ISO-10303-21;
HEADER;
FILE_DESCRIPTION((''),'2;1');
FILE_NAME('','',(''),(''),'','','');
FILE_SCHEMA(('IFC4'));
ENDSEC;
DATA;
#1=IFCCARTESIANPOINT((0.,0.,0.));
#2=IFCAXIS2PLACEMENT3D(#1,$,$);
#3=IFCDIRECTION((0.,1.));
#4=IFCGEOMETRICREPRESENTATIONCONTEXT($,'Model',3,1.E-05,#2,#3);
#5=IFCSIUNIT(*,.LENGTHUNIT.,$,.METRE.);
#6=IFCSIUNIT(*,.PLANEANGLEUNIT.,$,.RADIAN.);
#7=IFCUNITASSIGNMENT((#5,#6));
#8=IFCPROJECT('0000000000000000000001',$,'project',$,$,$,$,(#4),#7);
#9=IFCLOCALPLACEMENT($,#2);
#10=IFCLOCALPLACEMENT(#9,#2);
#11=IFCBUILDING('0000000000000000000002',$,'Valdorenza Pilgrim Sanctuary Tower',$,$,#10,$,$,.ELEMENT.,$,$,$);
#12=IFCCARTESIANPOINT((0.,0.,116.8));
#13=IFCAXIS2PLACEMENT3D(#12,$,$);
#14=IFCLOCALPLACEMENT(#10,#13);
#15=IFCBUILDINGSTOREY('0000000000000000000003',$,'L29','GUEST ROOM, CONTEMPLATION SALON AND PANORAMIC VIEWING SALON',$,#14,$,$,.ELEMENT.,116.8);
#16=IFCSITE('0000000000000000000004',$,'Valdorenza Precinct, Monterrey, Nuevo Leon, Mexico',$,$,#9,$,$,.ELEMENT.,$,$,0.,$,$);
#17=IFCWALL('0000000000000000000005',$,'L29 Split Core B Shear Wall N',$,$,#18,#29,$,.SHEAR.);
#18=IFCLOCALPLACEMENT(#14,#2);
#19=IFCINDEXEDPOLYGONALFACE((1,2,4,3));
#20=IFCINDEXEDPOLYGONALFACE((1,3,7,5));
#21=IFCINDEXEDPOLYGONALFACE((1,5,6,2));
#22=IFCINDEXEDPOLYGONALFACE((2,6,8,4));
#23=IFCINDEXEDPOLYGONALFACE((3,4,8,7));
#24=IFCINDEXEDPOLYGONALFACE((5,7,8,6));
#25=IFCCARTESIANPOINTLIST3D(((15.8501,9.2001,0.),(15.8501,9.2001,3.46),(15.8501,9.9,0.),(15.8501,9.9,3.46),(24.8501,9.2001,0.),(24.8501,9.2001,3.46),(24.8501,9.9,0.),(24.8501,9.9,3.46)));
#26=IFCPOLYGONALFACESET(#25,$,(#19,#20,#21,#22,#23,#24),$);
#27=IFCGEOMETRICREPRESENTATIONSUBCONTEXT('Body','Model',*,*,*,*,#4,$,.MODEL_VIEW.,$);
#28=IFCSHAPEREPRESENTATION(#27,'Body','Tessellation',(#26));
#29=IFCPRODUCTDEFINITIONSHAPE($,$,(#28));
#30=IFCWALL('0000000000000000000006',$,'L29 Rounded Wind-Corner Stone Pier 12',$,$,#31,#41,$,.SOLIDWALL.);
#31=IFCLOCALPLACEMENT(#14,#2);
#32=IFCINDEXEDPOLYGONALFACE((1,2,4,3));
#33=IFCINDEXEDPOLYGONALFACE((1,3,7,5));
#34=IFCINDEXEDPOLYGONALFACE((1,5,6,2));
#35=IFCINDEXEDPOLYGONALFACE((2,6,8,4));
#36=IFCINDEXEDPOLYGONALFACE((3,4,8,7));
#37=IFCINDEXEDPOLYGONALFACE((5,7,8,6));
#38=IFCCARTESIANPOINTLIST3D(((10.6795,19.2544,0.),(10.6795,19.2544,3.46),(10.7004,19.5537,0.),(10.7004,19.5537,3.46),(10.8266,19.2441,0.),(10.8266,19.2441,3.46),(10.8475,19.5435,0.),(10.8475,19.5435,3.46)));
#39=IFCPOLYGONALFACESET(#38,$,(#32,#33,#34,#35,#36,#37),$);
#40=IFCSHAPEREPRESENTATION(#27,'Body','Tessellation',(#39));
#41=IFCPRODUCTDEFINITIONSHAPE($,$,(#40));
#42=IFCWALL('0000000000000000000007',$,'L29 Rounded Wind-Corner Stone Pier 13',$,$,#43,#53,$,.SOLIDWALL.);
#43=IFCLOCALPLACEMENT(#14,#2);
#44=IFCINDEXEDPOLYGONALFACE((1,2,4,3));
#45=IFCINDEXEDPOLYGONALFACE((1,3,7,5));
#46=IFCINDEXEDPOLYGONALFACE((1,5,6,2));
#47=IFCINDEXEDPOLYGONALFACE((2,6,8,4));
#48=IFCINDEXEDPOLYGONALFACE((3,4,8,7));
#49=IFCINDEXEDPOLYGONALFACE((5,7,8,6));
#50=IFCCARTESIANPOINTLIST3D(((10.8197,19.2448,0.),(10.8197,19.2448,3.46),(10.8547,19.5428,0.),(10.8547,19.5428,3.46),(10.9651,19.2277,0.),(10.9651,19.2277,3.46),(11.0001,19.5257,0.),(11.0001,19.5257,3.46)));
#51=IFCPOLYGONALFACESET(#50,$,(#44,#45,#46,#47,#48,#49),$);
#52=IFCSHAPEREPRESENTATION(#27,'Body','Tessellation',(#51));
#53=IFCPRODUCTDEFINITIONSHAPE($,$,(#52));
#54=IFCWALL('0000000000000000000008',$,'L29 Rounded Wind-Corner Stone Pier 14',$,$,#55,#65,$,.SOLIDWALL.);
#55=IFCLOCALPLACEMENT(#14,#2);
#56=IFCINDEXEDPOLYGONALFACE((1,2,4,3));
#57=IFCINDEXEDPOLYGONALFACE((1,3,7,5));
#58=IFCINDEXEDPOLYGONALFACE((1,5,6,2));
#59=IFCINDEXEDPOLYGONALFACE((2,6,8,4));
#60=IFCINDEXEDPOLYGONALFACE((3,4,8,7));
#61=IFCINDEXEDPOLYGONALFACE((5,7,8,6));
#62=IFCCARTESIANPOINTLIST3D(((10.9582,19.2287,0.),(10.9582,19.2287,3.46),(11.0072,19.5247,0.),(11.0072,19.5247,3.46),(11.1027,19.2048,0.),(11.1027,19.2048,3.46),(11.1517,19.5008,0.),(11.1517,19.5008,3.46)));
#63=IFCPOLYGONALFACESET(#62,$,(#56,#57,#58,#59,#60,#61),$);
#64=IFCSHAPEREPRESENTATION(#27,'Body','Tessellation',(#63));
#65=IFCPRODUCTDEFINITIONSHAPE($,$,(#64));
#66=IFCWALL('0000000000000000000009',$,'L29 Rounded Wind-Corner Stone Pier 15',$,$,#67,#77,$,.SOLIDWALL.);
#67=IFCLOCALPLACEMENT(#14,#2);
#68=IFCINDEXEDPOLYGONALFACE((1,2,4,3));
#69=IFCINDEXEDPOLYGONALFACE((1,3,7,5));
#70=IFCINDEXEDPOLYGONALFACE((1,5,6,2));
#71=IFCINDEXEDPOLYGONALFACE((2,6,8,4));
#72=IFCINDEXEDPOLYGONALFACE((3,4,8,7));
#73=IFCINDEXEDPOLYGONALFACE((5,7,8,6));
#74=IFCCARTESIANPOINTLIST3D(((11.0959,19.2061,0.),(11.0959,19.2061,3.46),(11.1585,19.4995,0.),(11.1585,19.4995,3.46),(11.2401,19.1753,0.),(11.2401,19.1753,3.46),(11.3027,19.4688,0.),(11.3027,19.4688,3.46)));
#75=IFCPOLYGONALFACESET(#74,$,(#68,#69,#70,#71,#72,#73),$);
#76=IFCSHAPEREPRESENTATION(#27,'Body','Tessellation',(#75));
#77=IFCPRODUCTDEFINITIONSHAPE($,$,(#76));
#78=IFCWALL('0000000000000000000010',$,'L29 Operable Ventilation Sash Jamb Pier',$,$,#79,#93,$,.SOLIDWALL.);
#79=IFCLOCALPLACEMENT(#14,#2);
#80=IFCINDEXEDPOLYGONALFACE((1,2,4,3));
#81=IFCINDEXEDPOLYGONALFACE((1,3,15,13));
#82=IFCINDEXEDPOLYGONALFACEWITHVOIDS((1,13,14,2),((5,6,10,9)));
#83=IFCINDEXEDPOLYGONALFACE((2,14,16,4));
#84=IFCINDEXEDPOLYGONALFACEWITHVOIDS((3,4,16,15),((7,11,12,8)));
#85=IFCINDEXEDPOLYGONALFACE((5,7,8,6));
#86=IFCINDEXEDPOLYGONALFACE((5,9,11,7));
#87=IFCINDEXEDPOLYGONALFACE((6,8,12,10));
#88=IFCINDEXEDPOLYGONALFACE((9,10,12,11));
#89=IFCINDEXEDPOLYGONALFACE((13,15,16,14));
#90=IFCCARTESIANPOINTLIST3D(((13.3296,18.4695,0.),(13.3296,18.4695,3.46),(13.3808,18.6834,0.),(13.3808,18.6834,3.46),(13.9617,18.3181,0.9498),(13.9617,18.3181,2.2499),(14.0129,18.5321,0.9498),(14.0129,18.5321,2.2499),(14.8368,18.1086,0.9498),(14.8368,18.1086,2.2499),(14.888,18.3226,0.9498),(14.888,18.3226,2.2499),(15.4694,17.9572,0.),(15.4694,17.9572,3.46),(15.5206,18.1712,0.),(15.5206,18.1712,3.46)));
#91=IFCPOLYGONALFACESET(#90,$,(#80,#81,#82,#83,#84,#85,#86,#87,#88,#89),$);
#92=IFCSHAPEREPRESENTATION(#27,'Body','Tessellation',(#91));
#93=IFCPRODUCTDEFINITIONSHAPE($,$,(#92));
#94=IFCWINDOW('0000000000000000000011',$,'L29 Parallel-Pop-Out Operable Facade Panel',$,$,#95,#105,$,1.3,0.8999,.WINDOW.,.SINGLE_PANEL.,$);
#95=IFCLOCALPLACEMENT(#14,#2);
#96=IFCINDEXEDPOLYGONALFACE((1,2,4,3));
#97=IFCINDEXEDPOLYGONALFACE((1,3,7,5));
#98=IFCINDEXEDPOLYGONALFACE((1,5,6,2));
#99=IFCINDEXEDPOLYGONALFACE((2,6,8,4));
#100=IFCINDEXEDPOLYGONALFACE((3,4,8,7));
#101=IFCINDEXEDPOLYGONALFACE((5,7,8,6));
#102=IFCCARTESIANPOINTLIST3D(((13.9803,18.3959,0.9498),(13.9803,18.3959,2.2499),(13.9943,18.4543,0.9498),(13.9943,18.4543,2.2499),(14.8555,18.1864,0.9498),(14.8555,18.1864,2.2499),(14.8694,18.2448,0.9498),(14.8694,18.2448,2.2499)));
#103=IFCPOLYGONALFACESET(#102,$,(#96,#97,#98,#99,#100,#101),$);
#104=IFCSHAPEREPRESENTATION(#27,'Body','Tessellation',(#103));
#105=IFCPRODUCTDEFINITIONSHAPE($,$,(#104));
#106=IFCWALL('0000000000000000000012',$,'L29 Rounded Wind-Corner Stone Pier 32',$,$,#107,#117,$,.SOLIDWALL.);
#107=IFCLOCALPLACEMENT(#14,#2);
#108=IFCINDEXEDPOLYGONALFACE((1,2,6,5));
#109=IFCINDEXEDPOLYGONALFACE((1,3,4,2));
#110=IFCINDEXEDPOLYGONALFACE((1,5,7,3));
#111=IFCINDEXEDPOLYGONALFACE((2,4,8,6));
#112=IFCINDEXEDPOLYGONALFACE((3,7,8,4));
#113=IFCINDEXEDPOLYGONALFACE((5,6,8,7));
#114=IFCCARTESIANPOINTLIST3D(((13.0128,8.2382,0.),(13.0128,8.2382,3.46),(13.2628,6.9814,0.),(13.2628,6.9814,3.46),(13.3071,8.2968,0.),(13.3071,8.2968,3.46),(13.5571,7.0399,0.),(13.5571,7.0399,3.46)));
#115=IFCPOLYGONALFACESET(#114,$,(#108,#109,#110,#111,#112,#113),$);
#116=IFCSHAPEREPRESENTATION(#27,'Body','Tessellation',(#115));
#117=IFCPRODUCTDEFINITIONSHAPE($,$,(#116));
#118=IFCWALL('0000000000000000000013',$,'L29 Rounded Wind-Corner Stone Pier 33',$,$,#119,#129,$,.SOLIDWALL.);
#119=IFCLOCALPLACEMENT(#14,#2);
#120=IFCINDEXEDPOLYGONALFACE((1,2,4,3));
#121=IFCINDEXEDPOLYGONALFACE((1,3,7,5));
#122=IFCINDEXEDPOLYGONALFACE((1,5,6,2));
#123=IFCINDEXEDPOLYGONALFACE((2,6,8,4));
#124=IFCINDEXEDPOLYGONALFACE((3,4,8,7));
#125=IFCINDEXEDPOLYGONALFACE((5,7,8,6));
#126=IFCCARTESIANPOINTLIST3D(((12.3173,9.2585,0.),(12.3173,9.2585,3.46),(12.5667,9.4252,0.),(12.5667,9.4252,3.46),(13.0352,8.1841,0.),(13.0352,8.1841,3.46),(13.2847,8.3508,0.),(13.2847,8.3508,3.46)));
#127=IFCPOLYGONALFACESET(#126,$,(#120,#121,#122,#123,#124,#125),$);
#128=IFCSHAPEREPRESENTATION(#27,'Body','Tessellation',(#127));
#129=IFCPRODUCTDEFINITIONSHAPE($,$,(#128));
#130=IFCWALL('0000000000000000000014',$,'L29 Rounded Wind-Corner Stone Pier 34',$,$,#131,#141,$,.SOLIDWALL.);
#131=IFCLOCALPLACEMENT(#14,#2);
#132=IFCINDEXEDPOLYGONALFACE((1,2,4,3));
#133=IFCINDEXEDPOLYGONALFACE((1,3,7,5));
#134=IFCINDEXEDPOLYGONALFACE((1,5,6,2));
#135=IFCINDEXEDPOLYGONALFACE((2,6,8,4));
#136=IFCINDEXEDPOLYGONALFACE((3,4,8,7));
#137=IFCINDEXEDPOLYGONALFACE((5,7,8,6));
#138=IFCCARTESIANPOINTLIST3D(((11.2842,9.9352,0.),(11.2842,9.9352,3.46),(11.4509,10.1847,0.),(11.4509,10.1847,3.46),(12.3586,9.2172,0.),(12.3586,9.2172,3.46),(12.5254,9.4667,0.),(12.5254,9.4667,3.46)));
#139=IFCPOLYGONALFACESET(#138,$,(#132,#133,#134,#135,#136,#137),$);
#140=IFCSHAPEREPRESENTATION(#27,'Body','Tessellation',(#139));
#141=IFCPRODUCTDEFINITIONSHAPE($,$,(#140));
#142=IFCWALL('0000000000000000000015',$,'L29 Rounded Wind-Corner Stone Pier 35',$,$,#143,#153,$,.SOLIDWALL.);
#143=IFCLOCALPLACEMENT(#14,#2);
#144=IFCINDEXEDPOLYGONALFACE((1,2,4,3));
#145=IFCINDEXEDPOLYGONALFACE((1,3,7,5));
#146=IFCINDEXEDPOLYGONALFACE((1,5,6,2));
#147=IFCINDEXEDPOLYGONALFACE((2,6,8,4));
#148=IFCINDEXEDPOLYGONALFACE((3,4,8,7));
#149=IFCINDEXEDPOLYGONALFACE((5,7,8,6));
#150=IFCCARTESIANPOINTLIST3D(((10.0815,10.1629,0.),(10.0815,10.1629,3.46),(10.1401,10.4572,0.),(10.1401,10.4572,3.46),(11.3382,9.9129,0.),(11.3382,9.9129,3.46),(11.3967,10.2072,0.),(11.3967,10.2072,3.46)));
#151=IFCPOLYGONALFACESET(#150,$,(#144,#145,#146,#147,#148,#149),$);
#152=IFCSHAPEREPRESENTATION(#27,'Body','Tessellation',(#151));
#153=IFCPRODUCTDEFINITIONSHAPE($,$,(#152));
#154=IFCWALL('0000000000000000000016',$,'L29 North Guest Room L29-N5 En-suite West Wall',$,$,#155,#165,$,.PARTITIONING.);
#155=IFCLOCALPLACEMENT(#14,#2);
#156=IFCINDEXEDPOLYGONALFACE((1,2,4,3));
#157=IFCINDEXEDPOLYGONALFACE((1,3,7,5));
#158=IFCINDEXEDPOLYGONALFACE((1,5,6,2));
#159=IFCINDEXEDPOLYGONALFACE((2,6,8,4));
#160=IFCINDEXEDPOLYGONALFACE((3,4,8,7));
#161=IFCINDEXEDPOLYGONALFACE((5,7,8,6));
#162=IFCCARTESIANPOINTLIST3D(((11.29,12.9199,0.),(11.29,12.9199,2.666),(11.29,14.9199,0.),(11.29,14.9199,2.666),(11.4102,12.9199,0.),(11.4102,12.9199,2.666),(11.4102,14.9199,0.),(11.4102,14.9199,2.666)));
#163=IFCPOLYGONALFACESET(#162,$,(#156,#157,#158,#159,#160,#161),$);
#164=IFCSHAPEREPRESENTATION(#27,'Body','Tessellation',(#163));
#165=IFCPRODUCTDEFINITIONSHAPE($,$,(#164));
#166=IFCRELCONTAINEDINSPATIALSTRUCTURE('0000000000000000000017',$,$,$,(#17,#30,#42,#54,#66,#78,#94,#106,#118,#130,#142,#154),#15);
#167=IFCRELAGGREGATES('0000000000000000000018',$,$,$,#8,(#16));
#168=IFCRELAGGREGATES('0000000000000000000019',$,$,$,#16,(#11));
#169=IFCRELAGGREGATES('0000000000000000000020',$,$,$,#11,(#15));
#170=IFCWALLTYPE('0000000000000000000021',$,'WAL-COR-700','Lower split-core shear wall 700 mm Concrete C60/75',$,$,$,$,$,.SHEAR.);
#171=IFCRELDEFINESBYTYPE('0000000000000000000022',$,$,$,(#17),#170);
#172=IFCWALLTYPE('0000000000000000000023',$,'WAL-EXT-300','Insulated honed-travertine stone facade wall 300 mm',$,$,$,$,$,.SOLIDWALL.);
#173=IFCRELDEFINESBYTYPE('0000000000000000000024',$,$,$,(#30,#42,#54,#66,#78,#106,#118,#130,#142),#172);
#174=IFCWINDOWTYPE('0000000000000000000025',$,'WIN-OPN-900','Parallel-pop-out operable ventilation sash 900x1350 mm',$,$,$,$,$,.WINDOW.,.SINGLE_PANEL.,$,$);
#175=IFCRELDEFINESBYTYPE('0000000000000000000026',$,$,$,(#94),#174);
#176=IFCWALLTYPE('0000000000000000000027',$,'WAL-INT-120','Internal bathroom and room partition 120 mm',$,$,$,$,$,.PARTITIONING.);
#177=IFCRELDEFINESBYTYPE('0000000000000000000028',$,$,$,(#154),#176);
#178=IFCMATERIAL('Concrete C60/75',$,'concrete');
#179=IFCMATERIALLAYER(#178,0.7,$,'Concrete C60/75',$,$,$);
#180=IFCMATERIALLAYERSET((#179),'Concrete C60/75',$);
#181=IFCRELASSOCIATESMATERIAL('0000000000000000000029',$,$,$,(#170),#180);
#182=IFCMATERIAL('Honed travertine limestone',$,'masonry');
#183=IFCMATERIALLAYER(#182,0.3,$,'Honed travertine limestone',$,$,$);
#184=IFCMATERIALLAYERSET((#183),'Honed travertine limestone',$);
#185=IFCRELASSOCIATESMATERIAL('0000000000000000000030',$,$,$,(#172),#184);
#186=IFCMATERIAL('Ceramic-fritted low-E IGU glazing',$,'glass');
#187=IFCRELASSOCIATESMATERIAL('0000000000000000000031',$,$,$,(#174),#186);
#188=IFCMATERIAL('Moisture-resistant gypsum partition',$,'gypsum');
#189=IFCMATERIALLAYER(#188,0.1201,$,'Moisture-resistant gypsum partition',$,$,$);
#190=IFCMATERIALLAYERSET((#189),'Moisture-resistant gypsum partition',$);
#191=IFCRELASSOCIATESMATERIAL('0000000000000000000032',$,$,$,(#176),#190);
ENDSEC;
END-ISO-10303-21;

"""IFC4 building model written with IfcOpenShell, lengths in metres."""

from ifc_helpers import new_model, si_unit, direction, frame, frame_2d, origin, place, context, subcontext, project, spatial, rectangle, extrude, material, layer, layer_set, type_object, element, fill, save


model = new_model("IFC4")

# Units and contexts
model_context = context("Model", 3, precision=1e-05, world=origin(), true_north=direction((0.0, 1.0)))
body_context = subcontext(model_context, "Body", "Model", "MODEL_VIEW")
ifc_project = project(units=[si_unit("LENGTHUNIT", "METRE"), si_unit("PLANEANGLEUNIT", "RADIAN")], contexts=[model_context])

# Site, building, storey
site_placement = place(None, origin())
site = spatial("IfcSite", under=ifc_project, at=site_placement, Name="Valdorenza Precinct, Monterrey, Nuevo Leon, Mexico", CompositionType="ELEMENT", RefElevation=0.0)
building_placement = place(site_placement, origin())
building = spatial("IfcBuilding", under=site, at=building_placement, Name="Valdorenza Pilgrim Sanctuary Tower", CompositionType="ELEMENT")
storey_placement = place(building_placement, frame((0.0, 0.0, 116.8)))
storey = spatial("IfcBuildingStorey", under=building, at=storey_placement, Name="L29", Description="GUEST ROOM, CONTEMPLATION SALON AND PANORAMIC VIEWING SALON", CompositionType="ELEMENT", Elevation=116.8)

# Shared definitions
ifc_material_1 = material(Name="Concrete C60/75", Category="concrete")

# Shared definitions
ifc_material_2 = material(Name="Honed travertine limestone", Category="masonry")
ifc_material_3 = material(Name="Ceramic-fritted low-E IGU glazing", Category="glass")

# Walls
ifc_layer_1 = layer(ifc_material_1, 0.7, Name="Concrete C60/75")
ifc_layer_set_1 = layer_set([ifc_layer_1], Name="Concrete C60/75")
wall_type_1 = type_object("IfcWallType", Name="WAL-COR-700", Description="Lower split-core shear wall 700 mm Concrete C60/75", PredefinedType="SHEAR", material=ifc_layer_set_1)
wall_1_placement = place(storey_placement, frame((15.8501, 9.55, 0.0), z_axis=(0.0, 0.0, 1.0), x_axis=(1.0, 0.0, 0.0)))
element("IfcWall", 1, at=wall_1_placement, inside=storey, type_object=wall_type_1, Name="L29 Split Core B Shear Wall N", PredefinedType="SHEAR", context=body_context, shape_type="SweptSolid", body=[
    extrude(rectangle(XDim=9.0, YDim=0.7, at=frame_2d((4.5, 0.0))), origin(), (0.0, 0.0, 1.0), 3.46),
])
ifc_layer_2 = layer(ifc_material_2, 0.3, Name="Honed travertine limestone")
ifc_layer_set_2 = layer_set([ifc_layer_2], Name="Honed travertine limestone")
wall_type_2 = type_object("IfcWallType", Name="WAL-EXT-300", Description="Insulated honed-travertine stone facade wall 300 mm", PredefinedType="SOLIDWALL", material=ifc_layer_set_2)
wall_2_placement = place(storey_placement, frame((10.6899, 19.4041, 0.0), z_axis=(0.0, 0.0, 1.0), x_axis=(0.997583, -0.069483, 0.0)))
element("IfcWall", 2, at=wall_2_placement, inside=storey, type_object=wall_type_2, Name="L29 Rounded Wind-Corner Stone Pier 12", PredefinedType="SOLIDWALL", context=body_context, shape_type="SweptSolid", body=[
    extrude(rectangle(XDim=0.1475, YDim=0.3, at=frame_2d((0.0737, 0.0))), origin(), (0.0, 0.0, 1.0), 3.46),
])
for number, where, z_axis, x_axis, name in (
    (3, (10.8372, 19.3938, 0.0), (0.0, 0.0, 1.0), (0.993173, -0.116648, 0.0), "L29 Rounded Wind-Corner Stone Pier 13"),
    (4, (10.9827, 19.3767, 0.0), (0.0, 0.0, 1.0), (0.986573, -0.163318, 0.0), "L29 Rounded Wind-Corner Stone Pier 14"),
):
    element("IfcWall", number, at=place(storey_placement, frame(where, z_axis=z_axis, x_axis=x_axis)), inside=storey, type_object=wall_type_2, Name=name, PredefinedType="SOLIDWALL", context=body_context, shape_type="SweptSolid", body=[
        extrude(rectangle(XDim=0.1465, YDim=0.3, at=frame_2d((0.0732, 0.0))), origin(), (0.0, 0.0, 1.0), 3.46),
    ])
wall_3_placement = place(storey_placement, frame((11.1272, 19.3528, 0.0), z_axis=(0.0, 0.0, 1.0), x_axis=(0.97802, -0.208512, 0.0)))
element("IfcWall", 5, at=wall_3_placement, inside=storey, type_object=wall_type_2, Name="L29 Rounded Wind-Corner Stone Pier 15", PredefinedType="SOLIDWALL", context=body_context, shape_type="SweptSolid", body=[
    extrude(rectangle(XDim=0.1475, YDim=0.3, at=frame_2d((0.0737, 0.0))), origin(), (0.0, 0.0, 1.0), 3.46),
])

# Wall, opening, window
wall_4_placement = place(storey_placement, frame((13.3552, 18.5764, 0.0), z_axis=(0.0, 0.0, 1.0), x_axis=(0.972522, -0.232811, 0.0)))
wall_4 = element("IfcWall", 6, at=wall_4_placement, inside=storey, type_object=wall_type_2, Name="L29 Operable Ventilation Sash Jamb Pier", PredefinedType="SOLIDWALL", context=body_context, shape_type="SweptSolid", body=[
    extrude(rectangle(XDim=2.2002, YDim=0.22, at=frame_2d((1.1001, 0.0))), origin(), (0.0, 0.0, 1.0), 3.46),
])
opening_1_placement = place(wall_4_placement, frame((0.6499, 0.0, 0.95)))
opening_1 = element("IfcOpeningElement", 7, at=opening_1_placement, cuts=wall_4, PredefinedType="OPENING", context=body_context, shape_type="SweptSolid", body=[
    extrude(rectangle(XDim=0.8999, YDim=1.3, at=frame_2d((0.45, 0.6499))), frame((0.0, 0.125, 0.0), z_axis=(0.0, -1.0, 0.0), x_axis=(1.0, 0.0, 0.0)), (0.0, 0.0, 1.0), 0.2498),
])
window_type = type_object("IfcWindowType", Name="WIN-OPN-900", Description="Parallel-pop-out operable ventilation sash 900x1350 mm", PartitioningType="SINGLE_PANEL", PredefinedType="WINDOW", material=ifc_material_3)
window_placement = place(opening_1_placement, origin())
window = element("IfcWindow", 8, at=window_placement, inside=storey, type_object=window_type, Name="L29 Parallel-Pop-Out Operable Facade Panel", OverallHeight=1.3, OverallWidth=0.8999, PartitioningType="SINGLE_PANEL", PredefinedType="WINDOW", context=body_context, shape_type="SweptSolid", body=[
    extrude(rectangle(XDim=0.8999, YDim=1.3, at=frame_2d((0.45, 0.6499))), frame((0.0, 0.03, 0.0), z_axis=(0.0, -1.0, 0.0), x_axis=(1.0, 0.0, 0.0)), (0.0, 0.0, 1.0), 0.0601),
])
fill(opening_1, window)

# Walls
wall_5_placement = place(storey_placement, frame((13.4099, 7.0107, 0.0), z_axis=(0.0, 0.0, 1.0), x_axis=(-0.19509, 0.980785, 0.0)))
element("IfcWall", 9, at=wall_5_placement, inside=storey, type_object=wall_type_2, Name="L29 Rounded Wind-Corner Stone Pier 32", PredefinedType="SOLIDWALL", context=body_context, shape_type="SweptSolid", body=[
    extrude(rectangle(XDim=1.2815, YDim=0.3, at=frame_2d((0.6406, 0.0))), origin(), (0.0, 0.0, 1.0), 3.46),
])
for number, where, z_axis, x_axis, name in (
    (10, (13.1599, 8.2676, 0.0), (0.0, 0.0, 1.0), (-0.555615, 0.831439, 0.0), "L29 Rounded Wind-Corner Stone Pier 33"),
    (11, (12.4419, 9.342, 0.0), (0.0, 0.0, 1.0), (-0.831439, 0.555615, 0.0), "L29 Rounded Wind-Corner Stone Pier 34"),
):
    element("IfcWall", number, at=place(storey_placement, frame(where, z_axis=z_axis, x_axis=x_axis)), inside=storey, type_object=wall_type_2, Name=name, PredefinedType="SOLIDWALL", context=body_context, shape_type="SweptSolid", body=[
        extrude(rectangle(XDim=1.2922, YDim=0.3, at=frame_2d((0.646, 0.0))), origin(), (0.0, 0.0, 1.0), 3.46),
    ])
wall_6_placement = place(storey_placement, frame((11.3674, 10.0601, 0.0), z_axis=(0.0, 0.0, 1.0), x_axis=(-0.980778, 0.195127, 0.0)))
element("IfcWall", 12, at=wall_6_placement, inside=storey, type_object=wall_type_2, Name="L29 Rounded Wind-Corner Stone Pier 35", PredefinedType="SOLIDWALL", context=body_context, shape_type="SweptSolid", body=[
    extrude(rectangle(XDim=1.2812, YDim=0.3, at=frame_2d((0.6406, 0.0))), origin(), (0.0, 0.0, 1.0), 3.46),
])
ifc_material_4 = material(Name="Moisture-resistant gypsum partition", Category="gypsum")
ifc_layer_3 = layer(ifc_material_4, 0.1201, Name="Moisture-resistant gypsum partition")
ifc_layer_set_3 = layer_set([ifc_layer_3], Name="Moisture-resistant gypsum partition")
wall_type_3 = type_object("IfcWallType", Name="WAL-INT-120", Description="Internal bathroom and room partition 120 mm", PredefinedType="PARTITIONING", material=ifc_layer_set_3)
wall_7_placement = place(storey_placement, frame((11.3501, 12.9199, 0.0), z_axis=(0.0, 0.0, 1.0), x_axis=(0.0, 1.0, 0.0)))
element("IfcWall", 13, at=wall_7_placement, inside=storey, type_object=wall_type_3, Name="L29 North Guest Room L29-N5 En-suite West Wall", PredefinedType="PARTITIONING", context=body_context, shape_type="SweptSolid", body=[
    extrude(rectangle(XDim=2.0, YDim=0.1201, at=frame_2d((1.0, 0.0))), origin(), (0.0, 0.0, 1.0), 2.666),
])

save(model, "model.ifc")
